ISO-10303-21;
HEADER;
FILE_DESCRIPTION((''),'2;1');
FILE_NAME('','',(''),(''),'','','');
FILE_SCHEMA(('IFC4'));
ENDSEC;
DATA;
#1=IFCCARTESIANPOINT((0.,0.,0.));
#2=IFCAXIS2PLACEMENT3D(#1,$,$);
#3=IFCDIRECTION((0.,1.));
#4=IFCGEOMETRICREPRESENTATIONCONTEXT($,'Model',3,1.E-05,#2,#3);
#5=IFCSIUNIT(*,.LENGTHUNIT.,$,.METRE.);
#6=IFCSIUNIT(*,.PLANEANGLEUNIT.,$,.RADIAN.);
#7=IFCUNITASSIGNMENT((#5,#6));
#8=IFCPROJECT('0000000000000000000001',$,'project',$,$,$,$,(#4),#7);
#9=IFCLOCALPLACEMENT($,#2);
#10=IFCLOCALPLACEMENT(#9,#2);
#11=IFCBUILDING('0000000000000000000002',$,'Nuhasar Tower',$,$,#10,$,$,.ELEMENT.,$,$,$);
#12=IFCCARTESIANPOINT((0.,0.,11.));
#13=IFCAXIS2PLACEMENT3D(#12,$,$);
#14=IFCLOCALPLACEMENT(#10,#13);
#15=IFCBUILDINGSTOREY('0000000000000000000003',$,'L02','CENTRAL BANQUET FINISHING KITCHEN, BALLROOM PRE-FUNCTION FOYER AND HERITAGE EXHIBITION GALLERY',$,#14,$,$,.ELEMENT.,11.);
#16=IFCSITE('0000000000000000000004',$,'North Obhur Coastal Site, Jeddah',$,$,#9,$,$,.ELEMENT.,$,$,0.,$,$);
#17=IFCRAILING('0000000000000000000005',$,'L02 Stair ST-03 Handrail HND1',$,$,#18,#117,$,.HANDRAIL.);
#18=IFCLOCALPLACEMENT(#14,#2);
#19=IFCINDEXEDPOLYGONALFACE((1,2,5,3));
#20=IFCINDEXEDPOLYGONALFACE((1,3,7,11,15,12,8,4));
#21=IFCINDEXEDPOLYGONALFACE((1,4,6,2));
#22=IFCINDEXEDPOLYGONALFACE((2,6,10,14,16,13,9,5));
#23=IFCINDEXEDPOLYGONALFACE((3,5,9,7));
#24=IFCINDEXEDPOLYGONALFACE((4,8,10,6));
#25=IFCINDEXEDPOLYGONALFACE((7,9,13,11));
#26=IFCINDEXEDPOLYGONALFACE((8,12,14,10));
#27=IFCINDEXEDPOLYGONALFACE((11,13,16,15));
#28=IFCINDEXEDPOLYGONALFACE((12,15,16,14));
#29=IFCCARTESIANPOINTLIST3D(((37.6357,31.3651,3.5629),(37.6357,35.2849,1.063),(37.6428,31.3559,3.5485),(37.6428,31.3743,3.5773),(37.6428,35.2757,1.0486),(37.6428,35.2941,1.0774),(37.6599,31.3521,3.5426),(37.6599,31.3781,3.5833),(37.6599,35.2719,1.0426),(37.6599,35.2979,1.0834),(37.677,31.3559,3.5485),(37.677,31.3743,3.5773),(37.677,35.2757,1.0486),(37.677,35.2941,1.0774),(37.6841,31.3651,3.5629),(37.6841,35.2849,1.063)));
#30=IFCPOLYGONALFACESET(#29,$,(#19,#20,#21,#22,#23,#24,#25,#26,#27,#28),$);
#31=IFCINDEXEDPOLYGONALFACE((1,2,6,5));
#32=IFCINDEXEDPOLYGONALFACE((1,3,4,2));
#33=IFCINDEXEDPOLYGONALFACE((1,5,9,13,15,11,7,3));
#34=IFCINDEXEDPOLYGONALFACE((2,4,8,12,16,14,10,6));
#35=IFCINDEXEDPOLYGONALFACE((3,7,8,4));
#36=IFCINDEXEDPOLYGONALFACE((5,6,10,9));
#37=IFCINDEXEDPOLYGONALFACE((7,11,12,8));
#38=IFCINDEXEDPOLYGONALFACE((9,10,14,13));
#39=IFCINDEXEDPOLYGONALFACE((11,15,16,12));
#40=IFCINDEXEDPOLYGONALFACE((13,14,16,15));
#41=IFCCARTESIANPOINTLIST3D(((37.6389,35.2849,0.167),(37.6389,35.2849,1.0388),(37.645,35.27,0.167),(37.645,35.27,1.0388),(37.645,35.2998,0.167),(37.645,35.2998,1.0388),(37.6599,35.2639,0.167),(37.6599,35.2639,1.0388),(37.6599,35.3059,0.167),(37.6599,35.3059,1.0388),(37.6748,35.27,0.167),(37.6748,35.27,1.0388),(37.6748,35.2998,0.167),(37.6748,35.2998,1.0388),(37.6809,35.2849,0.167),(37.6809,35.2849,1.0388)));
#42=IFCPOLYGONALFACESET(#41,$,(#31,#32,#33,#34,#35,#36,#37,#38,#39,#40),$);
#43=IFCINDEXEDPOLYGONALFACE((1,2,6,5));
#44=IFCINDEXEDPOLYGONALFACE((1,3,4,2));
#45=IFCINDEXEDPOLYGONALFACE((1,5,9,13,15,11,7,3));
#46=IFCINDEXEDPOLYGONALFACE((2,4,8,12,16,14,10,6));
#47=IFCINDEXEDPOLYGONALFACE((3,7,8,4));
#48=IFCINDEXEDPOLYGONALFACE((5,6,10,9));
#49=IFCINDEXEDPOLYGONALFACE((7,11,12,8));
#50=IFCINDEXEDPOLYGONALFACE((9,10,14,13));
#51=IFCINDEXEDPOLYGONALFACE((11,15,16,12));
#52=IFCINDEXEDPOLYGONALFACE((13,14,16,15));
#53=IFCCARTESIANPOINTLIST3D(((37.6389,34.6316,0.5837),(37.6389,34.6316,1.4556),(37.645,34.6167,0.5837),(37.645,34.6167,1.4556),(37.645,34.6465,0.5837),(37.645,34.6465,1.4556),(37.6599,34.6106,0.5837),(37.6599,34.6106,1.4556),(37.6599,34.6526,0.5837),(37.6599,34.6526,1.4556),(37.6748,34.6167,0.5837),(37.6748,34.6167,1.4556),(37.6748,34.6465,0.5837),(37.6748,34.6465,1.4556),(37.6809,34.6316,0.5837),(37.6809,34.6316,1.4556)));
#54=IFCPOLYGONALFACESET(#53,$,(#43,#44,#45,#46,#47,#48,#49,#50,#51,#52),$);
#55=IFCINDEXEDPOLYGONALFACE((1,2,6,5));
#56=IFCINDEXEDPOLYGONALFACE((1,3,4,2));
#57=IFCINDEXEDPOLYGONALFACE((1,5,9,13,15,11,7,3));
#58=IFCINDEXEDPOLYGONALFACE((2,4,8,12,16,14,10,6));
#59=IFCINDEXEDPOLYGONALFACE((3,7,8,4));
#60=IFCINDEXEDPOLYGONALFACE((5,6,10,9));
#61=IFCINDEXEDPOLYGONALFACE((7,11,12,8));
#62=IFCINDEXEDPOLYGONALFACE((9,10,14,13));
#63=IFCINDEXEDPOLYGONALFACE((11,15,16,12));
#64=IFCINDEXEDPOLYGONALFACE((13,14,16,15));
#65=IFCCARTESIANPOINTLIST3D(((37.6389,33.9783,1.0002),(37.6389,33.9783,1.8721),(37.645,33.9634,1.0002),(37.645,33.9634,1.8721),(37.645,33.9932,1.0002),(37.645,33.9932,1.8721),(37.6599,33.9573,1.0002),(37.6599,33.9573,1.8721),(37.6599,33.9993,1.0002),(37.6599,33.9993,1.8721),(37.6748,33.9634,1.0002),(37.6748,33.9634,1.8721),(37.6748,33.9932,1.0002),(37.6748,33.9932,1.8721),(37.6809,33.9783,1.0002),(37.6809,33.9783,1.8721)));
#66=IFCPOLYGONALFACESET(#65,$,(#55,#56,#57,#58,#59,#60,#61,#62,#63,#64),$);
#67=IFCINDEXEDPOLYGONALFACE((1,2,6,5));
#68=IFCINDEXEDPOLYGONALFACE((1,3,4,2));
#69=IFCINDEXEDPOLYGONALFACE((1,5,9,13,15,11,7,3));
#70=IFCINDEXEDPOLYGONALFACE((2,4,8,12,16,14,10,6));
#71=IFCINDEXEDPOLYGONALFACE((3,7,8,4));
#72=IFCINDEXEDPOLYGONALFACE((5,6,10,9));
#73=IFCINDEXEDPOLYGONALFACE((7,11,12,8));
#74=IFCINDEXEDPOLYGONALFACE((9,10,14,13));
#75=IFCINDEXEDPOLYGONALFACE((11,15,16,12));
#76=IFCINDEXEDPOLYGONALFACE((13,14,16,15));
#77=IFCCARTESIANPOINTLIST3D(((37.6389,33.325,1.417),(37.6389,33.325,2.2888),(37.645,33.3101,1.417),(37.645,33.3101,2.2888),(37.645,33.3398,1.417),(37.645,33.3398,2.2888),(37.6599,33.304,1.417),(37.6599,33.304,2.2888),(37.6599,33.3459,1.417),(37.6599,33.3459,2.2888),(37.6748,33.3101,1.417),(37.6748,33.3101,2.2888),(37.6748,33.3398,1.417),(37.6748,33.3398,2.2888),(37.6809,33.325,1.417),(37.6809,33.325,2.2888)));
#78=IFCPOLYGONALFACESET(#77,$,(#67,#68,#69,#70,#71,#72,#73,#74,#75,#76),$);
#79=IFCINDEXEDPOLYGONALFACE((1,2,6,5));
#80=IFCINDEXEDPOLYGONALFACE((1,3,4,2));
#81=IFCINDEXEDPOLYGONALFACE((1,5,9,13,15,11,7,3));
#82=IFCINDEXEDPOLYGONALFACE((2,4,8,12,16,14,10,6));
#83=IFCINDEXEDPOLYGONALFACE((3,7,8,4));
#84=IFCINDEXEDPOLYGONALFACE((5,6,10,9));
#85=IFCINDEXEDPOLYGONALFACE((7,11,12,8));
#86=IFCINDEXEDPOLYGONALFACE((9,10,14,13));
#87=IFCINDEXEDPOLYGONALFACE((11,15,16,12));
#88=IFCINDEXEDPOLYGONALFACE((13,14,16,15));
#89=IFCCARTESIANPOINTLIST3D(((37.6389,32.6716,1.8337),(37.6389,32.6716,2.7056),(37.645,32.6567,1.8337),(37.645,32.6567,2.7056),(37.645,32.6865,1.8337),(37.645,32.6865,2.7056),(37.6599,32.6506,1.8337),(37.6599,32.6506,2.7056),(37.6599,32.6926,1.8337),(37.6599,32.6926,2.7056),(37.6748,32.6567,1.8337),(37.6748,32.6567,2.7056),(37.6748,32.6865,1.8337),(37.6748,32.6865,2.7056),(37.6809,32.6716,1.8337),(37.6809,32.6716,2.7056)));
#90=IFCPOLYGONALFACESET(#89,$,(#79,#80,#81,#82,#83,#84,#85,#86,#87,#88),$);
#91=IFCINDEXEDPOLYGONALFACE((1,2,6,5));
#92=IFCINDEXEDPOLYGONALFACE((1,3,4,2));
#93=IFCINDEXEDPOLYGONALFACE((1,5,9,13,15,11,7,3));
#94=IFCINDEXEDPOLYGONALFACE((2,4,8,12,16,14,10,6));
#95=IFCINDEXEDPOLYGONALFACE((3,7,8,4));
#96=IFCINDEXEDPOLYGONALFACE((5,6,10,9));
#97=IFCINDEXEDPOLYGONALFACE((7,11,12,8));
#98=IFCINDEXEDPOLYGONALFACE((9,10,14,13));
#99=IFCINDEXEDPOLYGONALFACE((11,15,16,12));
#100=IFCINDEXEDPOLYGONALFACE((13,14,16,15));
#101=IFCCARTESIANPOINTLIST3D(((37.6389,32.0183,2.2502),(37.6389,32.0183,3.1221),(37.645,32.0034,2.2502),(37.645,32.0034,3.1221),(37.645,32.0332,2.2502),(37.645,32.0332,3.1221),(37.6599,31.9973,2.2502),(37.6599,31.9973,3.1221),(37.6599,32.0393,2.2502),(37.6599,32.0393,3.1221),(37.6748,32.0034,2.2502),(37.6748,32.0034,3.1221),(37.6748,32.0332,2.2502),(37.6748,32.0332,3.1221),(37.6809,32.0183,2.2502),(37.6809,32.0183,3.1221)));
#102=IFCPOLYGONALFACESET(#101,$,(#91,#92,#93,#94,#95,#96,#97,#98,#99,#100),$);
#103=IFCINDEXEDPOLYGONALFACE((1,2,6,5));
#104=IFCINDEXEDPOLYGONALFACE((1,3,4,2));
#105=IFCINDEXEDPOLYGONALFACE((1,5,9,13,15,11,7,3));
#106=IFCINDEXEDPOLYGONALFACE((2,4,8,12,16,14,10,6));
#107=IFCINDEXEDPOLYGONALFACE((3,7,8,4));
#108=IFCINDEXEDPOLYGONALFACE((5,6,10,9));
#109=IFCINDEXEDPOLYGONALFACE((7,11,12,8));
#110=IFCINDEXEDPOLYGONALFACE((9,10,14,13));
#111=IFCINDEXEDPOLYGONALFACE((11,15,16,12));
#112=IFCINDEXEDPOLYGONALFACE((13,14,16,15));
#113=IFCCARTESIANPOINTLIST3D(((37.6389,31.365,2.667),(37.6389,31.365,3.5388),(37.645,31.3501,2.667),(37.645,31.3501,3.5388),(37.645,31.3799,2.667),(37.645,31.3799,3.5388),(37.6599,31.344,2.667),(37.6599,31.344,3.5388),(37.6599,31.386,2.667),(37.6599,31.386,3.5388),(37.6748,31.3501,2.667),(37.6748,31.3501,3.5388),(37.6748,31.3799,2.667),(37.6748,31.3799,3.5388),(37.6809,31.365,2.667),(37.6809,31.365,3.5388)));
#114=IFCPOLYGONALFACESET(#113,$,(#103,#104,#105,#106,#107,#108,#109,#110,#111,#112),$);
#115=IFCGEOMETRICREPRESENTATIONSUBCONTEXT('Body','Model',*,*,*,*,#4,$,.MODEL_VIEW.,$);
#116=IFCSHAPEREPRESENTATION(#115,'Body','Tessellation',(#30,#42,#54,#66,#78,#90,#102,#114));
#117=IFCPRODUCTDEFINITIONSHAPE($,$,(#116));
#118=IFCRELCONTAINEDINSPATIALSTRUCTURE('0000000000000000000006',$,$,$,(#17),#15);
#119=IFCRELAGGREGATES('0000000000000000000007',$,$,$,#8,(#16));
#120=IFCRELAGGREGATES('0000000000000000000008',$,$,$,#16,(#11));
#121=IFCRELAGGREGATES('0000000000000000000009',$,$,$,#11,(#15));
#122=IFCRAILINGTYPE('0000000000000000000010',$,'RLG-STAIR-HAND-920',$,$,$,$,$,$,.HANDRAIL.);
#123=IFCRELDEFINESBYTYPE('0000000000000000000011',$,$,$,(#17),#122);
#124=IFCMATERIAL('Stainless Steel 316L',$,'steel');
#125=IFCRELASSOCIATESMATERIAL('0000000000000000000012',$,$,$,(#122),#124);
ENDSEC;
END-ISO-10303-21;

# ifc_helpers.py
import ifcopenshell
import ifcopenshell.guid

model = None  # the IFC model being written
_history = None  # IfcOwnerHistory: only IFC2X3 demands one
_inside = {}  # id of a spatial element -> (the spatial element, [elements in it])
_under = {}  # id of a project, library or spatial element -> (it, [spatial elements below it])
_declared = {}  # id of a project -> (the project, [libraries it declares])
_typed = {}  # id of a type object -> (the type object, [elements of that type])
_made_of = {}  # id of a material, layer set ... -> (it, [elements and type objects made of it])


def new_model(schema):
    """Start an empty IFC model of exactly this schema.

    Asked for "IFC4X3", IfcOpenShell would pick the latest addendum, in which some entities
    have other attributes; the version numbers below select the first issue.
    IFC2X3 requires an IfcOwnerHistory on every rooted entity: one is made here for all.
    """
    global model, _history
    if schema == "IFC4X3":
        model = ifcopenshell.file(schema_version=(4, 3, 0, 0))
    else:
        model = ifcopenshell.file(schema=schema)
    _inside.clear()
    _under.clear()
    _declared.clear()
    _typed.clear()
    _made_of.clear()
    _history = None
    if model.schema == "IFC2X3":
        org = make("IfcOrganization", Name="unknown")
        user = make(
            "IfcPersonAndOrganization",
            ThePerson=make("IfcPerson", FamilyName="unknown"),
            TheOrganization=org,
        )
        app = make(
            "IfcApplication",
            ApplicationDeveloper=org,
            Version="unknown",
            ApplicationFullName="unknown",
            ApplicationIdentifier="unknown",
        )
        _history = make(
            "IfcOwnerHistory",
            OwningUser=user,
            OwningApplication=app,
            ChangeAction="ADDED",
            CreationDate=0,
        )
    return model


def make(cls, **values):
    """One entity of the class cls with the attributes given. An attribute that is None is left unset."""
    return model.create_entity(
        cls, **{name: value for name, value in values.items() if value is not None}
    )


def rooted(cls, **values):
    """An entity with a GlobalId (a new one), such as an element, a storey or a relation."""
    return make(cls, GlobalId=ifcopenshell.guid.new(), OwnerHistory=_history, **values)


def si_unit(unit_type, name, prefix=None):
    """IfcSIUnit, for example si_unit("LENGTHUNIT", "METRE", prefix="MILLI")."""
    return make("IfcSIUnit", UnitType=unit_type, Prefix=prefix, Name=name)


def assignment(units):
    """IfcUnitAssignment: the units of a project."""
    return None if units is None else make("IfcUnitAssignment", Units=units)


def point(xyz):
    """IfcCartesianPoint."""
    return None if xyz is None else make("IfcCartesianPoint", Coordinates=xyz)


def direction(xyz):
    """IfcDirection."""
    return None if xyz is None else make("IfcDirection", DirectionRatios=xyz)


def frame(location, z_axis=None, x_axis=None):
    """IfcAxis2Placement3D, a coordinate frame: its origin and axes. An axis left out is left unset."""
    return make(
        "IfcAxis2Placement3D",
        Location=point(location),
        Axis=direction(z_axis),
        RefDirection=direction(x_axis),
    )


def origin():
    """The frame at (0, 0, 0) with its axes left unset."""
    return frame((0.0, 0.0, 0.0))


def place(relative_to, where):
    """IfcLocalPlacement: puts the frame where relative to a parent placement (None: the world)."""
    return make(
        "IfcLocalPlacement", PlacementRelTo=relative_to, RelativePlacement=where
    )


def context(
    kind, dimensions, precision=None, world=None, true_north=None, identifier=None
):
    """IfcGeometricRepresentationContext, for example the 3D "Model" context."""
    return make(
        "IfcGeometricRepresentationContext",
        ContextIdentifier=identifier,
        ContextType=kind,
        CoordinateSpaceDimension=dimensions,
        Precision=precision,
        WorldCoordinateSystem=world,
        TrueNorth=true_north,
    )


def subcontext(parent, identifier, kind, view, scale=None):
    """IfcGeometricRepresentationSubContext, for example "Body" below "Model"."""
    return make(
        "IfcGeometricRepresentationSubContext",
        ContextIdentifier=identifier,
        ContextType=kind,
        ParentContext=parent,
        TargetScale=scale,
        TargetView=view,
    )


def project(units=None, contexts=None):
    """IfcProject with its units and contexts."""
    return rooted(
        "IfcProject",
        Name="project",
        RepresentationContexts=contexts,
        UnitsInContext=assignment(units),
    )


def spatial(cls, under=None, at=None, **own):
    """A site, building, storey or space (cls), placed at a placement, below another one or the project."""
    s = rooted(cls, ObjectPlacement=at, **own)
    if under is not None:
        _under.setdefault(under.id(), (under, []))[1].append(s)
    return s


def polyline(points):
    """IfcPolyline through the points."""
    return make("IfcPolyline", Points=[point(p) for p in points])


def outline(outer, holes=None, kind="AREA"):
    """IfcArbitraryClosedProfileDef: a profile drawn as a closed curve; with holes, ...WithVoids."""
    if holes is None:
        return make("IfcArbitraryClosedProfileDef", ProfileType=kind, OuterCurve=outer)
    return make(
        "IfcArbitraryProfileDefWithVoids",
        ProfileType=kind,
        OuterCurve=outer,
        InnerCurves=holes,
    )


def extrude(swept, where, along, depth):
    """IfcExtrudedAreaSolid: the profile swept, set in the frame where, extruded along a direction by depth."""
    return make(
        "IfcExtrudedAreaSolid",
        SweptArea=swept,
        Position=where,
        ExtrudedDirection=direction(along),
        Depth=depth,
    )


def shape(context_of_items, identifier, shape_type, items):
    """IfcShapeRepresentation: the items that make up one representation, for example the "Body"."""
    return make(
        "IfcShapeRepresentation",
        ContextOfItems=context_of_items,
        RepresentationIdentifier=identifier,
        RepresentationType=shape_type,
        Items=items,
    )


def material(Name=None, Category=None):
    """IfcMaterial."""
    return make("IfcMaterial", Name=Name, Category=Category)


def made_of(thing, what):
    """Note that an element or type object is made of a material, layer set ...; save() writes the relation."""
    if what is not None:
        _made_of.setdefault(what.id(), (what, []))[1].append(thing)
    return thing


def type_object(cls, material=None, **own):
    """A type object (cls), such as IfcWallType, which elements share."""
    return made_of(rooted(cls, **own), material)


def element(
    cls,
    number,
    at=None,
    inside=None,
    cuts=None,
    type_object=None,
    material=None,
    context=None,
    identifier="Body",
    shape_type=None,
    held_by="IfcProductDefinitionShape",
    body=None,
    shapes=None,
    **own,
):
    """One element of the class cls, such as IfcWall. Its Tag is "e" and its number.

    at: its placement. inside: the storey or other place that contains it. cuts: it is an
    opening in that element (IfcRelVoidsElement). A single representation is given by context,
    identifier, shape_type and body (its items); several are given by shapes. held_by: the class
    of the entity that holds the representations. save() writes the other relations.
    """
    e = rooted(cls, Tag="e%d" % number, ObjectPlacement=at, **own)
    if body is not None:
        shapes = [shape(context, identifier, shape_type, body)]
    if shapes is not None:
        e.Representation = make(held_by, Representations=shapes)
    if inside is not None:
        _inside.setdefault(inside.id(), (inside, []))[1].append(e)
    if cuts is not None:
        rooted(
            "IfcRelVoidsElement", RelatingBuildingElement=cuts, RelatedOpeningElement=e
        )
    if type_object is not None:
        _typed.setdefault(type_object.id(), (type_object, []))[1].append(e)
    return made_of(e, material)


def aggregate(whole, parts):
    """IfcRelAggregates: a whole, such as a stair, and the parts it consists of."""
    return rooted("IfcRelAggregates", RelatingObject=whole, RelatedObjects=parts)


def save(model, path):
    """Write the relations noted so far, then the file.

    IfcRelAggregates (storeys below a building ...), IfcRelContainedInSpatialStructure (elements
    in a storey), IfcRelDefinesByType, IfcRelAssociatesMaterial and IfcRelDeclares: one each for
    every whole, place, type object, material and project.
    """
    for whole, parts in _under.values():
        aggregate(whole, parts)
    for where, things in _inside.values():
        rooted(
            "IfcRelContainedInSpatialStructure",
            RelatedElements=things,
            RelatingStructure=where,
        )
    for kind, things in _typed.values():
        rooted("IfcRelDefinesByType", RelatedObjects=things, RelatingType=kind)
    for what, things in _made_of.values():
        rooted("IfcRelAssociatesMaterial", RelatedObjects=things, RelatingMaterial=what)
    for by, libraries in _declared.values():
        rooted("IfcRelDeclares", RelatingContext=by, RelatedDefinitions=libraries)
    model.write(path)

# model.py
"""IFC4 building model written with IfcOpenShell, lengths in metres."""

from ifc_helpers import new_model, si_unit, direction, frame, origin, place, context, subcontext, project, spatial, polyline, outline, extrude, material, type_object, element, save


model = new_model("IFC4")

# Units and contexts
model_context = context("Model", 3, precision=1e-05, world=origin(), true_north=direction((0.0, 1.0)))
body_context = subcontext(model_context, "Body", "Model", "MODEL_VIEW")
ifc_project = project(units=[si_unit("LENGTHUNIT", "METRE"), si_unit("PLANEANGLEUNIT", "RADIAN")], contexts=[model_context])

# Site, building, storey
site_placement = place(None, origin())
site = spatial("IfcSite", under=ifc_project, at=site_placement, Name="North Obhur Coastal Site, Jeddah", CompositionType="ELEMENT", RefElevation=0.0)
building_placement = place(site_placement, origin())
building = spatial("IfcBuilding", under=site, at=building_placement, Name="Nuhasar Tower", CompositionType="ELEMENT")
storey_placement = place(building_placement, frame((0.0, 0.0, 11.0)))
storey = spatial("IfcBuildingStorey", under=building, at=storey_placement, Name="L02", Description="CENTRAL BANQUET FINISHING KITCHEN, BALLROOM PRE-FUNCTION FOYER AND HERITAGE EXHIBITION GALLERY", CompositionType="ELEMENT", Elevation=11.0)

# Railing
ifc_material_1 = material(Name="Stainless Steel 316L", Category="steel")
railing_type_1 = type_object("IfcRailingType", Name="RLG-STAIR-HAND-920", PredefinedType="HANDRAIL", material=ifc_material_1)
railing_1_placement = place(storey_placement, frame((37.6599, 35.2849, 0.167)))
element("IfcRailing", 1, at=railing_1_placement, inside=storey, type_object=railing_type_1, Name="L02 Stair ST-03 Handrail HND1", PredefinedType="HANDRAIL", context=body_context, shape_type="SweptSolid", body=[
    extrude(outline(polyline([(0.0242, 0.0), (0.0171, 0.0171), (0.0, 0.0242), (-0.0171, 0.0171), (-0.0242, 0.0), (-0.0171, -0.0171), (0.0, -0.0242), (0.0171, -0.0171), (0.0242, 0.0)])), frame((0.0, 0.0, 0.896), z_axis=(0.0, -0.843125, 0.537718), x_axis=(1.0, 0.0, 0.0)), (0.0, 0.0, 1.0), 4.6492),
    extrude(outline(polyline([(0.021, 0.0), (0.0149, 0.0149), (0.0, 0.021), (-0.0149, 0.0149), (-0.021, 0.0), (-0.0149, -0.0149), (0.0, -0.021), (0.0149, -0.0149), (0.021, 0.0)])), origin(), (0.0, 0.0, 1.0), 0.8718),
    extrude(outline(polyline([(0.021, 0.0), (0.0149, 0.0149), (0.0, 0.021), (-0.0149, 0.0149), (-0.021, 0.0), (-0.0149, -0.0149), (0.0, -0.021), (0.0149, -0.0149), (0.021, 0.0)])), frame((0.0, -0.6533, 0.4167)), (0.0, 0.0, 1.0), 0.8718),
    extrude(outline(polyline([(0.021, 0.0), (0.0149, 0.0149), (0.0, 0.021), (-0.0149, 0.0149), (-0.021, 0.0), (-0.0149, -0.0149), (0.0, -0.021), (0.0149, -0.0149), (0.021, 0.0)])), frame((0.0, -1.3066, 0.8333)), (0.0, 0.0, 1.0), 0.8718),
    extrude(outline(polyline([(0.021, 0.0), (0.0149, 0.0149), (0.0, 0.021), (-0.0149, 0.0149), (-0.021, 0.0), (-0.0149, -0.0149), (0.0, -0.021), (0.0149, -0.0149), (0.021, 0.0)])), frame((0.0, -1.96, 1.25)), (0.0, 0.0, 1.0), 0.8718),
    extrude(outline(polyline([(0.021, 0.0), (0.0149, 0.0149), (0.0, 0.021), (-0.0149, 0.0149), (-0.021, 0.0), (-0.0149, -0.0149), (0.0, -0.021), (0.0149, -0.0149), (0.021, 0.0)])), frame((0.0, -2.6133, 1.6667)), (0.0, 0.0, 1.0), 0.8718),
    extrude(outline(polyline([(0.021, 0.0), (0.0149, 0.0149), (0.0, 0.021), (-0.0149, 0.0149), (-0.021, 0.0), (-0.0149, -0.0149), (0.0, -0.021), (0.0149, -0.0149), (0.021, 0.0)])), frame((0.0, -3.2666, 2.0833)), (0.0, 0.0, 1.0), 0.8718),
    extrude(outline(polyline([(0.021, 0.0), (0.0149, 0.0149), (0.0, 0.021), (-0.0149, 0.0149), (-0.021, 0.0), (-0.0149, -0.0149), (0.0, -0.021), (0.0149, -0.0149), (0.021, 0.0)])), frame((0.0, -3.9199, 2.5)), (0.0, 0.0, 1.0), 0.8718),
])

save(model, "model.ifc")
